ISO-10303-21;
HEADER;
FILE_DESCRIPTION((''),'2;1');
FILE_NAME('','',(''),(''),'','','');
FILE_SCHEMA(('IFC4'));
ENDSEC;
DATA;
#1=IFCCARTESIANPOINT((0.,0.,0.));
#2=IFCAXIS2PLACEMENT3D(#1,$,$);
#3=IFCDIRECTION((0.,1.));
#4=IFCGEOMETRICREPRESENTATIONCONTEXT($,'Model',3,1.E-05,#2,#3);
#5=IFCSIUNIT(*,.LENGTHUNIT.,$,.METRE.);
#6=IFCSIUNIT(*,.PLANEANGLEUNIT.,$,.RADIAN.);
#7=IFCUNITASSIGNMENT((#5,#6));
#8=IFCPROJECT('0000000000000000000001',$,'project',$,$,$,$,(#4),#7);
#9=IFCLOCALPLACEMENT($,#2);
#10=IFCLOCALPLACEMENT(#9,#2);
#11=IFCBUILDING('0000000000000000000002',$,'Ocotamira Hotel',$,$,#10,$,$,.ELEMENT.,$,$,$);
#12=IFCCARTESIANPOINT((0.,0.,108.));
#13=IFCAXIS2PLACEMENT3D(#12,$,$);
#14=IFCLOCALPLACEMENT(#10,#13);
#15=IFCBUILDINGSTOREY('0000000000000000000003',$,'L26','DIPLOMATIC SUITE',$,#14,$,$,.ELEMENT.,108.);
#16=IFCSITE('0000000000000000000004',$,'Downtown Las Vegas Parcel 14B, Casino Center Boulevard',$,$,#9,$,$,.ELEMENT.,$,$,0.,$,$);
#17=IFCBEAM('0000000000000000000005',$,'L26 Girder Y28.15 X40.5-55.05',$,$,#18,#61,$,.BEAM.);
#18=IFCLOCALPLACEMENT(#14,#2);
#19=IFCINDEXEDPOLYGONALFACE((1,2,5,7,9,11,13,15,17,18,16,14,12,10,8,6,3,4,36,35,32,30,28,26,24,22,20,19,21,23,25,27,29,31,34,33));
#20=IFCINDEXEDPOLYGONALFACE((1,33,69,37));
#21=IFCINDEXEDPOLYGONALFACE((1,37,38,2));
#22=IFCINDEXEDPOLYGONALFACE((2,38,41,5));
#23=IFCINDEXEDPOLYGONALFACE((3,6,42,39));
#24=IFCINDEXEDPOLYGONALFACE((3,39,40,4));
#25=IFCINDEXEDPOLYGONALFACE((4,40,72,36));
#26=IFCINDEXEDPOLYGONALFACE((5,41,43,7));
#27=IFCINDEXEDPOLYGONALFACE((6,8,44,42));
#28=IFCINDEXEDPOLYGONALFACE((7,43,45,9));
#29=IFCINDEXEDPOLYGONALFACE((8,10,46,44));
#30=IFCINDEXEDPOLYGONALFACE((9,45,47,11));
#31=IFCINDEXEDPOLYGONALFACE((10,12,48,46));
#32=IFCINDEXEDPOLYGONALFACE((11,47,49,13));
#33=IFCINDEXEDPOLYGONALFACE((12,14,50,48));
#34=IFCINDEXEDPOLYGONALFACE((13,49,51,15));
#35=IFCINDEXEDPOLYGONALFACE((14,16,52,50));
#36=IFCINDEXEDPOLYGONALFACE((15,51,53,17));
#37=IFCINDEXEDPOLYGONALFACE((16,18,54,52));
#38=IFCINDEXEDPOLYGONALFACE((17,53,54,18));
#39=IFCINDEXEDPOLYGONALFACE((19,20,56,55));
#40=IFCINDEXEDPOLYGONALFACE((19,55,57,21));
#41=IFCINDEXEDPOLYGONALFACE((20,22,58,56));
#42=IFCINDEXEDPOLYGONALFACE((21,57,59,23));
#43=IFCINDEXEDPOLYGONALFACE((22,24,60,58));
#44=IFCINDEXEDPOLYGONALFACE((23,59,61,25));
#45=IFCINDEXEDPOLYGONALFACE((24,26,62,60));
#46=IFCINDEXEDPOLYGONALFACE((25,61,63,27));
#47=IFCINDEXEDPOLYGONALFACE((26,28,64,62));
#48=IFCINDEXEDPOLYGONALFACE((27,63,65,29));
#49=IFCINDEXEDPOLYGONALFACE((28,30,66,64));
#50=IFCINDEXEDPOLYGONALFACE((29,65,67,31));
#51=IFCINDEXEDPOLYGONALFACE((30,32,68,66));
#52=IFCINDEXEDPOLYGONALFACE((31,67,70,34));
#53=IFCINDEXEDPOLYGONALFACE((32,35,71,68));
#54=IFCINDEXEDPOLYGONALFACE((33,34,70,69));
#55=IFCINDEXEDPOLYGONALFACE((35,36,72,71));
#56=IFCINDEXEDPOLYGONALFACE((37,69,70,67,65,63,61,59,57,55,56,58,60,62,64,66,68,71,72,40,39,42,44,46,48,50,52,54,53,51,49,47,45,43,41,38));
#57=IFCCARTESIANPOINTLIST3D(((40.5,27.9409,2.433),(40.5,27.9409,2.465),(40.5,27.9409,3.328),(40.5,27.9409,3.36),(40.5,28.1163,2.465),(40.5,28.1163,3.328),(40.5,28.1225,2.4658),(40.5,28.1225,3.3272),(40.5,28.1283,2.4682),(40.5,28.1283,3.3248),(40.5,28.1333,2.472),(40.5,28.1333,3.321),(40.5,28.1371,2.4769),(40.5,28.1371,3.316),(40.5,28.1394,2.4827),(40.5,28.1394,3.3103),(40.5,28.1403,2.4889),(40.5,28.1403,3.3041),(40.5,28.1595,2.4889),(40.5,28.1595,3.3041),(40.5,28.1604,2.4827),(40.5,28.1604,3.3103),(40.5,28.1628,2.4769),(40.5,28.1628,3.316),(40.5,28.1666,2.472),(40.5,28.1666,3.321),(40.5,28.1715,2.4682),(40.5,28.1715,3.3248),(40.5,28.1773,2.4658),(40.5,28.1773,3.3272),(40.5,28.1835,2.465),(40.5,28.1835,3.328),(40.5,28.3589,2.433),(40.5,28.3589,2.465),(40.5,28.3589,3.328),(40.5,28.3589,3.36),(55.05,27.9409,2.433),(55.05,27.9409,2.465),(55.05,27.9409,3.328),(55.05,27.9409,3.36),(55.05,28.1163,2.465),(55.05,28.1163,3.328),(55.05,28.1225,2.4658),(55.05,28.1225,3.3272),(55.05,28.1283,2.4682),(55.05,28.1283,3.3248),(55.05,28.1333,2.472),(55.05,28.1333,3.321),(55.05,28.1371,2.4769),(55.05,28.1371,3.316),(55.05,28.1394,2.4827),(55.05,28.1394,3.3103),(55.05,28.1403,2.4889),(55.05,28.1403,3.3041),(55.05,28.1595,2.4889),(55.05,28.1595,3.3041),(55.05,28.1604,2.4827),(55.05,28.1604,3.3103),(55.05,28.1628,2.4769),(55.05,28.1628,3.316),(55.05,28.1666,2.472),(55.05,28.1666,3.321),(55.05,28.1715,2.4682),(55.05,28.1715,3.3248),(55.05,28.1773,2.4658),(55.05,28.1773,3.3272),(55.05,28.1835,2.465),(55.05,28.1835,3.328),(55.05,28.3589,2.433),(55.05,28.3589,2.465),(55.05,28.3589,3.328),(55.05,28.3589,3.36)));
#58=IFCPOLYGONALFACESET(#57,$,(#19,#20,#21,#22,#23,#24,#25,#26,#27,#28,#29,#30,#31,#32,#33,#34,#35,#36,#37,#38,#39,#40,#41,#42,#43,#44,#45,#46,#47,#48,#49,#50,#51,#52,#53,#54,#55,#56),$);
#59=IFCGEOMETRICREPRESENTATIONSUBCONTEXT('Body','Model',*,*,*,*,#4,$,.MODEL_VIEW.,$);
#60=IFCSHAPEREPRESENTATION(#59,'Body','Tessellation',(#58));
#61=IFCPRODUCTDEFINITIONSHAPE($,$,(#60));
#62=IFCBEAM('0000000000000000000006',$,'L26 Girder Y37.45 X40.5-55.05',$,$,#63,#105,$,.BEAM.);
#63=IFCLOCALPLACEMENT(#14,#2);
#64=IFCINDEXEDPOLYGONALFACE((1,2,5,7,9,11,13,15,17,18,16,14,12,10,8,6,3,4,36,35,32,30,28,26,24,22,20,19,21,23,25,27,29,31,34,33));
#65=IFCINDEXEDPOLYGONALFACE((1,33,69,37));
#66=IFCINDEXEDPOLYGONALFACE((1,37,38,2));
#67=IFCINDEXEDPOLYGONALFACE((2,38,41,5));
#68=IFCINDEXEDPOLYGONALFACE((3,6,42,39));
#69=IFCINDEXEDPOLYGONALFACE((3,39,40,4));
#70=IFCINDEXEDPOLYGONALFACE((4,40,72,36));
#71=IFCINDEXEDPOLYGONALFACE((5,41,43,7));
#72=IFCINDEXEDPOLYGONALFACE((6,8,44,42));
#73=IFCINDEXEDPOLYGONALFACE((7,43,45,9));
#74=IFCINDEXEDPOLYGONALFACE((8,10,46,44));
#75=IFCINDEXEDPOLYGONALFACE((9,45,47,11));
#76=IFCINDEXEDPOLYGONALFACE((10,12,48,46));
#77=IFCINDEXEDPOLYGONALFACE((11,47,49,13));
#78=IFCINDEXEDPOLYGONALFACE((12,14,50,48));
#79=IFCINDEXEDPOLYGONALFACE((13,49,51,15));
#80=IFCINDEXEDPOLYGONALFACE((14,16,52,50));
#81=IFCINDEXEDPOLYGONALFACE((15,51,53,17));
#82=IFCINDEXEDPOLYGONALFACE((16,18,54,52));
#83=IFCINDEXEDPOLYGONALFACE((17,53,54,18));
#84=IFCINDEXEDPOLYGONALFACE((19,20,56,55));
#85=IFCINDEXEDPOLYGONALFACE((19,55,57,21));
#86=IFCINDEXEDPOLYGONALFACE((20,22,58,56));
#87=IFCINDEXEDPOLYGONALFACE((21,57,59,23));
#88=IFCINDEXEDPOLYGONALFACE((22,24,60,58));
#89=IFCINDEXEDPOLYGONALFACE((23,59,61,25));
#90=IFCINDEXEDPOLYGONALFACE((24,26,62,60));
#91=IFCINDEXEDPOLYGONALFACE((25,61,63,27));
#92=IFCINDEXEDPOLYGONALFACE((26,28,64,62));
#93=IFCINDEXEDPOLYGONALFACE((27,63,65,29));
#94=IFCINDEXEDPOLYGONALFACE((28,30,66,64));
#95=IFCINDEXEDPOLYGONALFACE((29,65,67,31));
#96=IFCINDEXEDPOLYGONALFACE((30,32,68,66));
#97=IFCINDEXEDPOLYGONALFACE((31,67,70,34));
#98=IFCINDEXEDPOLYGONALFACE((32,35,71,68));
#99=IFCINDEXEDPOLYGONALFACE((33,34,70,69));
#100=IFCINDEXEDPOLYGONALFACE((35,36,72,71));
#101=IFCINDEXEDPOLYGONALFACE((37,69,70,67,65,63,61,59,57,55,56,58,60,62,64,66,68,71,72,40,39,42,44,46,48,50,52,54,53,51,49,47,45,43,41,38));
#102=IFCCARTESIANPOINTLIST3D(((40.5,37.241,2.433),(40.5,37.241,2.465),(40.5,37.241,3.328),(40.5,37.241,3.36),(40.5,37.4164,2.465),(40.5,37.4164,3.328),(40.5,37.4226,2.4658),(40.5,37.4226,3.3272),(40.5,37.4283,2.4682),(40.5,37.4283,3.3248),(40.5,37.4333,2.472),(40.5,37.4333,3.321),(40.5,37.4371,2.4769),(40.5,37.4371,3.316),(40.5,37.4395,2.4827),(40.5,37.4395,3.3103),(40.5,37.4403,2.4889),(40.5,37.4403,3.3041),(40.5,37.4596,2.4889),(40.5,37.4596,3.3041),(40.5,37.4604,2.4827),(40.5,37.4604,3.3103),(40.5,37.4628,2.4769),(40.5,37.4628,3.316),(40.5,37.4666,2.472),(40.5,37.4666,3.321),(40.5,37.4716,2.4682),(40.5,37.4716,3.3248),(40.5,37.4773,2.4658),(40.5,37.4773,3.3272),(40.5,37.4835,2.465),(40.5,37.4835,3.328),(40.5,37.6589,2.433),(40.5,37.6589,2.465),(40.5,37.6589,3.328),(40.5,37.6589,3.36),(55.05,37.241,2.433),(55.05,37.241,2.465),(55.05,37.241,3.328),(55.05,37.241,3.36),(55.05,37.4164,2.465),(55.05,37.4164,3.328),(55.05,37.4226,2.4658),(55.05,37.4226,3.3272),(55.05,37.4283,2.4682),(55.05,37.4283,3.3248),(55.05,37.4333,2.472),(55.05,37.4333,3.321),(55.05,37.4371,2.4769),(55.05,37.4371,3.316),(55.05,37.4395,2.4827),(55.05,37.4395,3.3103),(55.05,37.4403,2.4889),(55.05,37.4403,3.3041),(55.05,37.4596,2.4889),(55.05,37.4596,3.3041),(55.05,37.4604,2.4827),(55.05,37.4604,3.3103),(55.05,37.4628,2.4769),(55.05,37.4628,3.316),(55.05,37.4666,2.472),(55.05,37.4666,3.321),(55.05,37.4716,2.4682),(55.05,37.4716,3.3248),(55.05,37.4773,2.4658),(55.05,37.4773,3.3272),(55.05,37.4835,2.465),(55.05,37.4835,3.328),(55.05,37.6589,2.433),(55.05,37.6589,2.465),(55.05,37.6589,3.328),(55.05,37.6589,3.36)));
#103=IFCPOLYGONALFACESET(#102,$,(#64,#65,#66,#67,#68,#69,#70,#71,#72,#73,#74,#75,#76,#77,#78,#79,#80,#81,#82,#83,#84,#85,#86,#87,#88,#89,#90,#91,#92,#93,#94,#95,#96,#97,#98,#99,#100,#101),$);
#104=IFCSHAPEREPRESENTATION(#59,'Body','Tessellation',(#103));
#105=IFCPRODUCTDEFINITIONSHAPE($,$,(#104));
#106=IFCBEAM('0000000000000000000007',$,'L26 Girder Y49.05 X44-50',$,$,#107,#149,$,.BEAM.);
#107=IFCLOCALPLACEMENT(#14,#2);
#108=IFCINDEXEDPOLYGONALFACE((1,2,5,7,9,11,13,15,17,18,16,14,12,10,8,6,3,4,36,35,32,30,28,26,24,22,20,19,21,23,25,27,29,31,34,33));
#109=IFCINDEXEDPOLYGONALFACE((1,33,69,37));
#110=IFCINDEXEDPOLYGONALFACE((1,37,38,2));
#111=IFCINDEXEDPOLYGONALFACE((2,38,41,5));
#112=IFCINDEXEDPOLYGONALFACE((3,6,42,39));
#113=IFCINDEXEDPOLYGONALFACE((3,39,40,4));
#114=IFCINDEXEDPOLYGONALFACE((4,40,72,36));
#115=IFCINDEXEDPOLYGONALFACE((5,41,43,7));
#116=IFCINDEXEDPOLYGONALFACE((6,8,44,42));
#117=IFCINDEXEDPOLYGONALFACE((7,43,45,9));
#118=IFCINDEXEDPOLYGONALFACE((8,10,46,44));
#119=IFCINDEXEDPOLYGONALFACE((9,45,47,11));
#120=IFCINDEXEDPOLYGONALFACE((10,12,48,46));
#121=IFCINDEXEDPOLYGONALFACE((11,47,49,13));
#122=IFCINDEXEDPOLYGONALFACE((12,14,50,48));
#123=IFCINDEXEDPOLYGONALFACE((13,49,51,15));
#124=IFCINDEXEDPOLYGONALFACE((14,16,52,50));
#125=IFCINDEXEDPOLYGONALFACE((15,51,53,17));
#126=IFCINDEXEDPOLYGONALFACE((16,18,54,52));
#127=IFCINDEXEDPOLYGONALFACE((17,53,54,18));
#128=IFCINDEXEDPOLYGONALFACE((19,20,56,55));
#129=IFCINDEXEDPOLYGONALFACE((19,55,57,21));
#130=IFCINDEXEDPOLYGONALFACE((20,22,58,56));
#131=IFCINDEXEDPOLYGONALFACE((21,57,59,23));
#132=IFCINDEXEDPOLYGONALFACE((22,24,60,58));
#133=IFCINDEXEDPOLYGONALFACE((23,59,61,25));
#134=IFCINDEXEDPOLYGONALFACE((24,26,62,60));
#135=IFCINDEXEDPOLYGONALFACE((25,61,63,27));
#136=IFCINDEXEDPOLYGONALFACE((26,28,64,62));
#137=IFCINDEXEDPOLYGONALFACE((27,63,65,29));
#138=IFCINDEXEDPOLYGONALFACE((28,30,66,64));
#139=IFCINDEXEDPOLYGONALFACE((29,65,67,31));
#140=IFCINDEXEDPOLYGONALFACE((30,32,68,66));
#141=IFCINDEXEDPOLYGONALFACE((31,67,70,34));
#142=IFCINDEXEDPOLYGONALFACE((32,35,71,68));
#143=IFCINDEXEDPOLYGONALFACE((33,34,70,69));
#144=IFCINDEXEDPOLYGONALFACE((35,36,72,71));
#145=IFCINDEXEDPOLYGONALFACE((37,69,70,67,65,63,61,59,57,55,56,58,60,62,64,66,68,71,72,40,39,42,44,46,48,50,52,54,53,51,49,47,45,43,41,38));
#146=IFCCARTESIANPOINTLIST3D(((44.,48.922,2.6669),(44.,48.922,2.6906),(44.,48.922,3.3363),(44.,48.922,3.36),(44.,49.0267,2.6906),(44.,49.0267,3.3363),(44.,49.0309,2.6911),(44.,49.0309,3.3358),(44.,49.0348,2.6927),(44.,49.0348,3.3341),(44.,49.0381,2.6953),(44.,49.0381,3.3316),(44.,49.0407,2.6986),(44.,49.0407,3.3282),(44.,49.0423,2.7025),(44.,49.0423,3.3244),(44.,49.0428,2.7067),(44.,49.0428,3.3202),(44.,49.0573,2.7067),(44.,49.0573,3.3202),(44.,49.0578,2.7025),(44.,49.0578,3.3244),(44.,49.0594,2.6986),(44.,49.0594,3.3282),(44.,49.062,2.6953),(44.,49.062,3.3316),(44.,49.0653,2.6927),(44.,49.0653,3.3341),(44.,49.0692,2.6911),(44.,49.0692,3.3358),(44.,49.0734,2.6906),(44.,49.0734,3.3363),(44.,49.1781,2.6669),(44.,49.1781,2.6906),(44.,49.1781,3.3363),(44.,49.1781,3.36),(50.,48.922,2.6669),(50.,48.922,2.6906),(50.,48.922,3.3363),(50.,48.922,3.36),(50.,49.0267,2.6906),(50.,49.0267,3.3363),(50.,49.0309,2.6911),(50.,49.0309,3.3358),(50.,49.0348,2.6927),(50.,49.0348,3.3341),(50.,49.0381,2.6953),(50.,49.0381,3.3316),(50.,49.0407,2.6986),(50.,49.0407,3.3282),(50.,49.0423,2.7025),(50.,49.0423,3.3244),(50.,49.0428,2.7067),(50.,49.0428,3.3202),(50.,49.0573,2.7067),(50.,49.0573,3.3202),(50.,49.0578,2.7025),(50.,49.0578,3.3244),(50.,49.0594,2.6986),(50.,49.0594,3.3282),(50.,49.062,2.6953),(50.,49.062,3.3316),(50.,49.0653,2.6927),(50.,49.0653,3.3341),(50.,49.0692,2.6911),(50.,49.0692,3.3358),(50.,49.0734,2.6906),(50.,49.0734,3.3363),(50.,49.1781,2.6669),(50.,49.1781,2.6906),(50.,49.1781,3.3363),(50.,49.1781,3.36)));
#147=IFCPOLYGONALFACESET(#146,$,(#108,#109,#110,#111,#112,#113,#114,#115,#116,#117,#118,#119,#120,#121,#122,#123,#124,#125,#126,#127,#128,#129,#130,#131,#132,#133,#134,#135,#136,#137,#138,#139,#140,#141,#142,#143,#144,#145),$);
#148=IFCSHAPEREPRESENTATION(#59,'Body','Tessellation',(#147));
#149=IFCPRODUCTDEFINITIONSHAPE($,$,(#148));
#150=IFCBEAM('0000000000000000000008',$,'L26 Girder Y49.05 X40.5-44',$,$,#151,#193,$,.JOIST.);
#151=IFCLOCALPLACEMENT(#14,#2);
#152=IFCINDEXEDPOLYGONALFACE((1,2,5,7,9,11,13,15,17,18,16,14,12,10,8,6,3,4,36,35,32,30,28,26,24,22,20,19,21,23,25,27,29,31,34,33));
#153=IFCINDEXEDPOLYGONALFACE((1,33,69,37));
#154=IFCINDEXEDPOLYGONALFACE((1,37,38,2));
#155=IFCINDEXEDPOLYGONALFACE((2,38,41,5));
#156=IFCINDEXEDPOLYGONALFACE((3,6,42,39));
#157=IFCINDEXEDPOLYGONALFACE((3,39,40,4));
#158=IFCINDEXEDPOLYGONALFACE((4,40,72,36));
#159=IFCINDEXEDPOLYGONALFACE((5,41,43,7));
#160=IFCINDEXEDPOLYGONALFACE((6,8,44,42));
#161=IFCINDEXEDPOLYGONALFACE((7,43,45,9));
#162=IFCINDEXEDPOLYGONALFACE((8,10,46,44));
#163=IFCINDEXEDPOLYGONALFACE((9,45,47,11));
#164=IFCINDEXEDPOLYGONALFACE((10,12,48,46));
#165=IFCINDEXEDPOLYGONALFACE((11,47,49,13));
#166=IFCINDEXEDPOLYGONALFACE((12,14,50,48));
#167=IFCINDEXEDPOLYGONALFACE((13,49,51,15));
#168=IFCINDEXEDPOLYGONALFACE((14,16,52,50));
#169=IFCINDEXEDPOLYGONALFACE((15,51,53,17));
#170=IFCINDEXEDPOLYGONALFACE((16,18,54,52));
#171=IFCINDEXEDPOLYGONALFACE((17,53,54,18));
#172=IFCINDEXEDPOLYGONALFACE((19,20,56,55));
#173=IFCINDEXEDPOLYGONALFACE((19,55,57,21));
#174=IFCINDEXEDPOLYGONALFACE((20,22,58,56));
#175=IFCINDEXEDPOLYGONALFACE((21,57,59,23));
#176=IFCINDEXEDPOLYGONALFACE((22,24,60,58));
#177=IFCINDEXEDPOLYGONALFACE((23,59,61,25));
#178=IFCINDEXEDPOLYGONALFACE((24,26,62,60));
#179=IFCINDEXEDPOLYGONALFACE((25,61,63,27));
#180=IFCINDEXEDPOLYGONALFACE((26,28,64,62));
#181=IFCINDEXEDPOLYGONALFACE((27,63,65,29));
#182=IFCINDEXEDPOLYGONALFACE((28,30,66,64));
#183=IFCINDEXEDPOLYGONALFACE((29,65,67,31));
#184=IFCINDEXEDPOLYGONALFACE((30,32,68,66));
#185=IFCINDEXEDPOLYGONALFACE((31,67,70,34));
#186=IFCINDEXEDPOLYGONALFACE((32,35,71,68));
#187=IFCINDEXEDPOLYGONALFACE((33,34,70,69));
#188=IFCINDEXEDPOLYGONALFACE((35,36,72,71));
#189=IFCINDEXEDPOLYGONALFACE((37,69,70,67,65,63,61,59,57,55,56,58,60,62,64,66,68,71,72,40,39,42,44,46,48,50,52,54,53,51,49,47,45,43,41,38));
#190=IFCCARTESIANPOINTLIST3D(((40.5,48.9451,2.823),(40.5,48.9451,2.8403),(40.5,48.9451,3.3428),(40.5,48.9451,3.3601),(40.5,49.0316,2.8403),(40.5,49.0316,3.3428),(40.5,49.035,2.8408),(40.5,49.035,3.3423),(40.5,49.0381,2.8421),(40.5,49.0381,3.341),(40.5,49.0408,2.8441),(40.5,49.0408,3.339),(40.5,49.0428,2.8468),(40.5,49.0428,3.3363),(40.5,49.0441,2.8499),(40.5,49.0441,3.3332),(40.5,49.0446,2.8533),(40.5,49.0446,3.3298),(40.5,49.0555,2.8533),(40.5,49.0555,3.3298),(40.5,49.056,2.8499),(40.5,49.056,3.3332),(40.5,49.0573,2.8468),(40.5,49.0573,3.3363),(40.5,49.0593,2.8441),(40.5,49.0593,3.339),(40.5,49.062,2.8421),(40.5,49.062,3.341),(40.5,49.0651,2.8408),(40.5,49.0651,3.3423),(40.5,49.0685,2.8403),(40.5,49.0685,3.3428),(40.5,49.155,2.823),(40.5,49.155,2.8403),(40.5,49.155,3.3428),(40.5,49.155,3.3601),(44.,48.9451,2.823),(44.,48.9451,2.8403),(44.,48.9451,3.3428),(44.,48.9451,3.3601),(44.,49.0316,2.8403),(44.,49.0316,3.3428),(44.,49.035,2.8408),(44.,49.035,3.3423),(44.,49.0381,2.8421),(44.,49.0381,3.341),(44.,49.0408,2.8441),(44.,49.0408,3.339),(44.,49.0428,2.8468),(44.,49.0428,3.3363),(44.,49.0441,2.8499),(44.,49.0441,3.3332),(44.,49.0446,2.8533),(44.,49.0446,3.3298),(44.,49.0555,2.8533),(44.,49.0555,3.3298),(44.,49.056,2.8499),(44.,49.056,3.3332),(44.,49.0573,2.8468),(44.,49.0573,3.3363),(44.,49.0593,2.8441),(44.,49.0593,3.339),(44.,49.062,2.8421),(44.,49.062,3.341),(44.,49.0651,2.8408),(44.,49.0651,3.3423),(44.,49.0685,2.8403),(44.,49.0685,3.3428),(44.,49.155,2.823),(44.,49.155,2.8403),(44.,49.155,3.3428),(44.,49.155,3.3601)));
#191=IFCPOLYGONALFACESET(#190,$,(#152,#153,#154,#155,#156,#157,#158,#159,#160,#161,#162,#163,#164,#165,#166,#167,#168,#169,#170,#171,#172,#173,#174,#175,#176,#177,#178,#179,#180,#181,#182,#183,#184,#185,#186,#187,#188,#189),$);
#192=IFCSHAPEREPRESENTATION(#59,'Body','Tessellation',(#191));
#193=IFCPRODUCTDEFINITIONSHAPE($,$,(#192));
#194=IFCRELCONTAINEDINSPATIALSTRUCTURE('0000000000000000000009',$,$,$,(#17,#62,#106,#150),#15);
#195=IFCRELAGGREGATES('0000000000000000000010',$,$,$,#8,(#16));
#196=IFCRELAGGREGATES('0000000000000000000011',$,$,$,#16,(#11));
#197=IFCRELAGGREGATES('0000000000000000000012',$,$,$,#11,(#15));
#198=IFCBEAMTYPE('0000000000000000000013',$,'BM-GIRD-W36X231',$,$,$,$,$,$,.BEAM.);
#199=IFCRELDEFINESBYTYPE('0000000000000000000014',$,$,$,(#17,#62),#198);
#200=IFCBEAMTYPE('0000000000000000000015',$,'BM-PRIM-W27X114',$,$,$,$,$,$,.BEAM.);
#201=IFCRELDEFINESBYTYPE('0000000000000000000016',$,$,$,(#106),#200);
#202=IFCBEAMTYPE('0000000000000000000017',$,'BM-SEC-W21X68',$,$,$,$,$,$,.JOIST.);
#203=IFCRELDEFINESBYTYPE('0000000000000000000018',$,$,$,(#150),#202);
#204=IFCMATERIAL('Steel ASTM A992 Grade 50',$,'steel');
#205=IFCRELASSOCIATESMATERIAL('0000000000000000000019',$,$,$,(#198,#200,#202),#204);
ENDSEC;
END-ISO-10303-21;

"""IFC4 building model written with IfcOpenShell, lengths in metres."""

from ifc_helpers import new_model, si_unit, direction, frame, origin, origin_2d, place, context, subcontext, project, spatial, i_section, extrude, source, transform, mapped, material, material_profile, profile_set, type_object, element, save


model = new_model("IFC4")

# Units and contexts
model_context = context("Model", 3, precision=1e-05, world=origin(), true_north=direction((0.0, 1.0)))
body_context = subcontext(model_context, "Body", "Model", "MODEL_VIEW")
ifc_project = project(units=[si_unit("LENGTHUNIT", "METRE"), si_unit("PLANEANGLEUNIT", "RADIAN")], contexts=[model_context])

# Site, building, storey
site_placement = place(None, origin())
site = spatial("IfcSite", under=ifc_project, at=site_placement, Name="Downtown Las Vegas Parcel 14B, Casino Center Boulevard", CompositionType="ELEMENT", RefElevation=0.0)
building_placement = place(site_placement, origin())
building = spatial("IfcBuilding", under=site, at=building_placement, Name="Ocotamira Hotel", CompositionType="ELEMENT")
storey_placement = place(building_placement, frame((0.0, 0.0, 108.0)))
storey = spatial("IfcBuildingStorey", under=building, at=storey_placement, Name="L26", Description="DIPLOMATIC SUITE", CompositionType="ELEMENT", Elevation=108.0)

# Beams
ifc_material_1 = material(Name="Steel ASTM A992 Grade 50", Category="steel")
ifc_material_profile_1 = material_profile(ifc_material_1, i_section(OverallWidth=0.418, OverallDepth=0.927, WebThickness=0.0193, FlangeThickness=0.032, FilletRadius=0.0239, at=origin_2d()), Name="W36X231")
ifc_profile_set_1 = profile_set([ifc_material_profile_1], Name="Steel ASTM A992 Grade 50")
beam_type_1 = type_object("IfcBeamType", Name="BM-GIRD-W36X231", PredefinedType="BEAM", material=ifc_profile_set_1)
shared_shape_1 = source(origin(), body_context, "Body", "SweptSolid", [
    extrude(i_section(OverallWidth=0.418, OverallDepth=0.927, WebThickness=0.0193, FlangeThickness=0.032, FilletRadius=0.0239, at=origin_2d()), origin(), (0.0, 0.0, 1.0), 14.55),
])
for number, where, z_axis, x_axis, name in (
    (1, (40.5, 28.1499, 2.8965), (1.0, 0.0, 0.0), (0.0, 1.0, 0.0), "L26 Girder Y28.15 X40.5-55.05"),
    (2, (40.5, 37.45, 2.8965), (1.0, 0.0, 0.0), (0.0, 1.0, 0.0), "L26 Girder Y37.45 X40.5-55.05"),
):
    element("IfcBeam", number, at=place(storey_placement, frame(where, z_axis=z_axis, x_axis=x_axis)), inside=storey, type_object=beam_type_1, Name=name, PredefinedType="BEAM", context=body_context, shape_type="MappedRepresentation", body=[
        mapped(shared_shape_1, transform((0.0, 0.0, 0.0), scale=1.0)),
    ])
ifc_material_profile_2 = material_profile(ifc_material_1, i_section(OverallWidth=0.2561, OverallDepth=0.6931, WebThickness=0.0144, FlangeThickness=0.0237, FilletRadius=0.0161, at=origin_2d()), Name="W27X114")
ifc_profile_set_2 = profile_set([ifc_material_profile_2], Name="Steel ASTM A992 Grade 50")
beam_type_2 = type_object("IfcBeamType", Name="BM-PRIM-W27X114", PredefinedType="BEAM", material=ifc_profile_set_2)
shared_shape_2 = source(origin(), body_context, "Body", "SweptSolid", [
    extrude(i_section(OverallWidth=0.2561, OverallDepth=0.6931, WebThickness=0.0144, FlangeThickness=0.0237, FilletRadius=0.0161, at=origin_2d()), origin(), (0.0, 0.0, 1.0), 6.0),
])
beam_1_placement = place(storey_placement, frame((44.0, 49.05, 3.0134), z_axis=(1.0, 0.0, 0.0), x_axis=(0.0, 1.0, 0.0)))
element("IfcBeam", 3, at=beam_1_placement, inside=storey, type_object=beam_type_2, Name="L26 Girder Y49.05 X44-50", PredefinedType="BEAM", context=body_context, shape_type="MappedRepresentation", body=[
    mapped(shared_shape_2, transform((0.0, 0.0, 0.0), scale=1.0)),
])
ifc_material_profile_3 = material_profile(ifc_material_1, i_section(OverallWidth=0.21, OverallDepth=0.5371, WebThickness=0.011, FlangeThickness=0.0173, FilletRadius=0.0129, at=origin_2d()), Name="W21X68")
ifc_profile_set_3 = profile_set([ifc_material_profile_3], Name="Steel ASTM A992 Grade 50")
beam_type_3 = type_object("IfcBeamType", Name="BM-SEC-W21X68", PredefinedType="JOIST", material=ifc_profile_set_3)
shared_shape_3 = source(origin(), body_context, "Body", "SweptSolid", [
    extrude(i_section(OverallWidth=0.21, OverallDepth=0.5371, WebThickness=0.011, FlangeThickness=0.0173, FilletRadius=0.0129, at=origin_2d()), origin(), (0.0, 0.0, 1.0), 3.5),
])
beam_2_placement = place(storey_placement, frame((40.5, 49.05, 3.0916), z_axis=(1.0, 0.0, 0.0), x_axis=(0.0, 1.0, 0.0)))
element("IfcBeam", 4, at=beam_2_placement, inside=storey, type_object=beam_type_3, Name="L26 Girder Y49.05 X40.5-44", PredefinedType="JOIST", context=body_context, shape_type="MappedRepresentation", body=[
    mapped(shared_shape_3, transform((0.0, 0.0, 0.0), scale=1.0)),
])

save(model, "model.ifc")
